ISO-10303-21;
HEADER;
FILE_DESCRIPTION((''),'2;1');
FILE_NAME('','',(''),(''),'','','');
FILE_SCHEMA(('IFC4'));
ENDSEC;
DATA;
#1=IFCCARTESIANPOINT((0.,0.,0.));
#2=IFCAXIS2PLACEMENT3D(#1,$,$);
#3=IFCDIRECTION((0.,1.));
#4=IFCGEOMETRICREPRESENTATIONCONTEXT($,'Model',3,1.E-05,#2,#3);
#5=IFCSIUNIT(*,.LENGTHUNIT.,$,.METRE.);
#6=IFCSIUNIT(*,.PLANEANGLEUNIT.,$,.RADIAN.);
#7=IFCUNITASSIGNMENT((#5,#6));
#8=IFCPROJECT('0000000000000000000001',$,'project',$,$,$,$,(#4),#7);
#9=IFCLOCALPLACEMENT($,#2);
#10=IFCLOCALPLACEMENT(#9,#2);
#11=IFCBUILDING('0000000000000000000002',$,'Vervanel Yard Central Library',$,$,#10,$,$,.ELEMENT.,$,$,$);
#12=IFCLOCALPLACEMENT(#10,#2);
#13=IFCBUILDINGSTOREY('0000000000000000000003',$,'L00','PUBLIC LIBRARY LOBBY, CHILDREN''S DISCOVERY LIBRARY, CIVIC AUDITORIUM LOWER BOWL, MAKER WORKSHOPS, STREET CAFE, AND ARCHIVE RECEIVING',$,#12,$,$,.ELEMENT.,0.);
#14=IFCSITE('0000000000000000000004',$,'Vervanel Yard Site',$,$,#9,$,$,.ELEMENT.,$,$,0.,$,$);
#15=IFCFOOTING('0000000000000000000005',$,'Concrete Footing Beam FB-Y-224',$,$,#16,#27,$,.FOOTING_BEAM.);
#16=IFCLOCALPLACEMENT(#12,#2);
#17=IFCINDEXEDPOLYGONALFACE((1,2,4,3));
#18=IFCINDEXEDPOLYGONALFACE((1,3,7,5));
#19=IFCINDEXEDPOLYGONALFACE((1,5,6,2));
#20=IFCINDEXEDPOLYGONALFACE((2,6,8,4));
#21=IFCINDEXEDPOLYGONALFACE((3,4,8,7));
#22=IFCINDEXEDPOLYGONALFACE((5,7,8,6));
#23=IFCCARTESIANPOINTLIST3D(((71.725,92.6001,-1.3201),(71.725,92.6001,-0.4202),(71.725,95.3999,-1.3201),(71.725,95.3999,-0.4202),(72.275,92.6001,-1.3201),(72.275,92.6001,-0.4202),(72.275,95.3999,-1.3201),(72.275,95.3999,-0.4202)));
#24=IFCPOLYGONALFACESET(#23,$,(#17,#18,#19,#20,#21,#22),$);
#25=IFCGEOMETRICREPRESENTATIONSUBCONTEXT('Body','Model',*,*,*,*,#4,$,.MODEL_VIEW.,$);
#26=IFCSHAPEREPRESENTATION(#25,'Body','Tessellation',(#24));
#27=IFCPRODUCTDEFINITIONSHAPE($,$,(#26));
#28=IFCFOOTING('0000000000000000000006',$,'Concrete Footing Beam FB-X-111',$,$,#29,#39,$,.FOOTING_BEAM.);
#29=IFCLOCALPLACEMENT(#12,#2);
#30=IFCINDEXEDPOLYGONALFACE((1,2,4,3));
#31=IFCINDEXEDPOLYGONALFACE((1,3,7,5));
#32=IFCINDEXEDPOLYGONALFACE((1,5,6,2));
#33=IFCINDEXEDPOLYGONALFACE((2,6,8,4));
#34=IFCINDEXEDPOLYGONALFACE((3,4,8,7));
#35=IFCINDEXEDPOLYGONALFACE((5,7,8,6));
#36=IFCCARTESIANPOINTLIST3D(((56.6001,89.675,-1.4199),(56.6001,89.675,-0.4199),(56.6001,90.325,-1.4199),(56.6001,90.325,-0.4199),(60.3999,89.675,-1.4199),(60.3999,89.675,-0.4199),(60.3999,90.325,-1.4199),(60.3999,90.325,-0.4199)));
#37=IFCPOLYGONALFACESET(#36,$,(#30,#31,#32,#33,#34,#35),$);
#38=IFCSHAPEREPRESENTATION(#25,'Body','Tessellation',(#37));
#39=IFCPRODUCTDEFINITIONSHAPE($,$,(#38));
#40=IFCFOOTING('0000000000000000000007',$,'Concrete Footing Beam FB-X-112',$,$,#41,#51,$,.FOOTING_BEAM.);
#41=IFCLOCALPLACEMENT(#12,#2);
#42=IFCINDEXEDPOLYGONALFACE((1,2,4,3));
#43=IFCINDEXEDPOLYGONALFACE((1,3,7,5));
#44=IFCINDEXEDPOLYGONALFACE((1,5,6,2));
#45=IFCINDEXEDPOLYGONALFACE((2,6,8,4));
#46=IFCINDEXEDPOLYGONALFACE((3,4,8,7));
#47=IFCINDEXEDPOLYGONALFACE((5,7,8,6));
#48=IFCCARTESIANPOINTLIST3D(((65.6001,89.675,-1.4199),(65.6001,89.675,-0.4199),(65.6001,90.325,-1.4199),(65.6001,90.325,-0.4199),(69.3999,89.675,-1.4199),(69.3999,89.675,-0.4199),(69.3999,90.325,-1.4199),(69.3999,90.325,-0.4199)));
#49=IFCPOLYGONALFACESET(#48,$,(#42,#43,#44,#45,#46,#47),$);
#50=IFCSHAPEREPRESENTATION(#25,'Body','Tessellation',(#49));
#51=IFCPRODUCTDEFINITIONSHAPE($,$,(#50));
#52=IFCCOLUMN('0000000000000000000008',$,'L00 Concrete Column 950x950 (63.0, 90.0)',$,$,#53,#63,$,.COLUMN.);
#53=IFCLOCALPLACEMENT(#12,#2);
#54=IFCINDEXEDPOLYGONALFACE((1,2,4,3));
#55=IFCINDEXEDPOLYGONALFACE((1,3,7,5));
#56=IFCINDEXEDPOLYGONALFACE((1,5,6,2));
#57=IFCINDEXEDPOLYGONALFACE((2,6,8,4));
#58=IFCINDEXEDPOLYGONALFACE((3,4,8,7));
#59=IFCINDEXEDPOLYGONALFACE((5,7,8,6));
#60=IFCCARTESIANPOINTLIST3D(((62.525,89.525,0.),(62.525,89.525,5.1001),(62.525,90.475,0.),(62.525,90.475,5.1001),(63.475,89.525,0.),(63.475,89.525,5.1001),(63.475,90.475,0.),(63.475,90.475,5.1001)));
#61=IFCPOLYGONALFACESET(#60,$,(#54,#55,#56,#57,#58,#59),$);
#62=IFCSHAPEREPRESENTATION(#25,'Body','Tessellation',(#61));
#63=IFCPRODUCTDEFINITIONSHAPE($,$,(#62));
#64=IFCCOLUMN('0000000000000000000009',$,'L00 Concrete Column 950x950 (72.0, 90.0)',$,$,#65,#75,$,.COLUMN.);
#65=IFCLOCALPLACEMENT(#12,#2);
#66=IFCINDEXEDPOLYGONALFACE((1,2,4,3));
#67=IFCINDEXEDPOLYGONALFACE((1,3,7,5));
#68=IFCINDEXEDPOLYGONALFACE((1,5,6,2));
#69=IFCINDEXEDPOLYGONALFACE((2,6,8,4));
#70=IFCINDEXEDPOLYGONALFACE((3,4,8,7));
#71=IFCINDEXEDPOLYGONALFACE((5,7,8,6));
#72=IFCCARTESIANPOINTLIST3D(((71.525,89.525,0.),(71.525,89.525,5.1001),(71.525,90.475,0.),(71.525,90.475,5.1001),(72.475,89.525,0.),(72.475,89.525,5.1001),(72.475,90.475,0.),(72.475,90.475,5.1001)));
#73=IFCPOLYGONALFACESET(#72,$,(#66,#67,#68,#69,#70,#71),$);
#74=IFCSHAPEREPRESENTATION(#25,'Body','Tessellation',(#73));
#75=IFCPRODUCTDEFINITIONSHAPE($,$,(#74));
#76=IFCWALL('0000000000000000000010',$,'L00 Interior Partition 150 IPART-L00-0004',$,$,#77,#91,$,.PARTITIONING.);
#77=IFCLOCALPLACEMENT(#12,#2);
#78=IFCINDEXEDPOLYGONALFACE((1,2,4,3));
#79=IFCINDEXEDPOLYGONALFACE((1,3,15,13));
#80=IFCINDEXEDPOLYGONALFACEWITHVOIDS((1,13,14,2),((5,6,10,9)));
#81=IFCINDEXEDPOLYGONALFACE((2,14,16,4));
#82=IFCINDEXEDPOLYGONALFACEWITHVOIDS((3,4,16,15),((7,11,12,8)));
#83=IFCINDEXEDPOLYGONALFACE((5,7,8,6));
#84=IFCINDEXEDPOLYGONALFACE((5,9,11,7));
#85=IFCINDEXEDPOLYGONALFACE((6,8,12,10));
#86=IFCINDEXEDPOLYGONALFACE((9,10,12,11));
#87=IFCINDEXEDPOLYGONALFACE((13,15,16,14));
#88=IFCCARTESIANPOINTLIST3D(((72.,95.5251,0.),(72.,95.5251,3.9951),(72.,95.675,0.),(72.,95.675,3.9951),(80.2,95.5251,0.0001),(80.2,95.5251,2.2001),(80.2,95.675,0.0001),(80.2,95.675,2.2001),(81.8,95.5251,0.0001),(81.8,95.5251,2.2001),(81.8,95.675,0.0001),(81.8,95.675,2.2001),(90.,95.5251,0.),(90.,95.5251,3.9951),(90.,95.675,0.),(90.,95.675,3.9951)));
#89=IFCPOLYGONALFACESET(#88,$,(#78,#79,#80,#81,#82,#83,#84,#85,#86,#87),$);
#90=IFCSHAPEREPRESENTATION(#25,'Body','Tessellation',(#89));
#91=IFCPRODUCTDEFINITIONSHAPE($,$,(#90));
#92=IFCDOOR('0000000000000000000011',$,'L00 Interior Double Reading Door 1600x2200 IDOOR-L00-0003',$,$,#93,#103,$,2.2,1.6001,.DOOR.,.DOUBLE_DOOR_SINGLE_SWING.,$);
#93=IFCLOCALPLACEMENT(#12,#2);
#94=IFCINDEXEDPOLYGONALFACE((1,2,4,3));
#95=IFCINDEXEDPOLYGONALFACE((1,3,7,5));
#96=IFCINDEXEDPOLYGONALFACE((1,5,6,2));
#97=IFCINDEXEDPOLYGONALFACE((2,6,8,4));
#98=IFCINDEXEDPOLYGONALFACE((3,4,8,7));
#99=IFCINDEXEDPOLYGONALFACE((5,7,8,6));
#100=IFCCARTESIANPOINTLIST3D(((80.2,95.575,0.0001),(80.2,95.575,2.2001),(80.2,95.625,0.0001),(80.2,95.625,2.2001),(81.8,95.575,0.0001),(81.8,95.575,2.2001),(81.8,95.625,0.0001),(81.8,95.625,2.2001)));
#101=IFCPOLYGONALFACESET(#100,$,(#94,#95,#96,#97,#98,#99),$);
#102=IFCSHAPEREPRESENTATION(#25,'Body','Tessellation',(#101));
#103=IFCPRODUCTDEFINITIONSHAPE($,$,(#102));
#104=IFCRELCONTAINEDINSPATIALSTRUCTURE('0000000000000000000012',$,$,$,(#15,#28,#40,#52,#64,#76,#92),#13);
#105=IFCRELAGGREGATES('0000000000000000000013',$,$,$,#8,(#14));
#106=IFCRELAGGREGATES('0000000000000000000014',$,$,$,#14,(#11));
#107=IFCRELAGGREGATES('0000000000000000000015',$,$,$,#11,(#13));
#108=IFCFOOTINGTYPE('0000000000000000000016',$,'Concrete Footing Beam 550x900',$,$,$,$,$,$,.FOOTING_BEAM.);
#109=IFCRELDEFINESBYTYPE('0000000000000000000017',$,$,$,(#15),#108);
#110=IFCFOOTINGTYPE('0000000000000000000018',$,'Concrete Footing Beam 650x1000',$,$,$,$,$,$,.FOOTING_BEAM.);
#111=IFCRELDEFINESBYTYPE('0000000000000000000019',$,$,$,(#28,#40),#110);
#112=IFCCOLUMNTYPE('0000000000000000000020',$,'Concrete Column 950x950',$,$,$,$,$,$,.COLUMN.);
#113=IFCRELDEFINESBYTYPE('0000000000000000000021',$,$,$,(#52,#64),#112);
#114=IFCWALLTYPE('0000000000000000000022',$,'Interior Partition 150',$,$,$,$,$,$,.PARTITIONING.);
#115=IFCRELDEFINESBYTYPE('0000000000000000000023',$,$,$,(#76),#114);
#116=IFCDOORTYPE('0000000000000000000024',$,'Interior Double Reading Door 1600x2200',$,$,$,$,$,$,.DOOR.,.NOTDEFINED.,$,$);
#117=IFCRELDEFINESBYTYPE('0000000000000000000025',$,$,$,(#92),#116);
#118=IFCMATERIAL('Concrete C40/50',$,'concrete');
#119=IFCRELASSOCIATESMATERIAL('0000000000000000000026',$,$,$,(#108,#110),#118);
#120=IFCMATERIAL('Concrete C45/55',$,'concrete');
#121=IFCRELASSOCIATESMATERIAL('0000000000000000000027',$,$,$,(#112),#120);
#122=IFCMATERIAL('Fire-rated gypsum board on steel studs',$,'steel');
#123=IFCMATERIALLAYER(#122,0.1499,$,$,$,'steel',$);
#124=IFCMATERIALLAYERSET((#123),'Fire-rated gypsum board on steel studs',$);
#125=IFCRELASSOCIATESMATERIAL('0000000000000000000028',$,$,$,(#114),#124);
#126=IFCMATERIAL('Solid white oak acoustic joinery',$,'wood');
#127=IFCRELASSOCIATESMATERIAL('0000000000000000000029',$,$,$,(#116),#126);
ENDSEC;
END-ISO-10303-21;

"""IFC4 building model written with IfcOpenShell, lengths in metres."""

from ifc_helpers import new_model, si_unit, direction, frame, frame_2d, origin, origin_2d, place, context, subcontext, project, spatial, rectangle, extrude, material, layer, layer_set, material_profile, profile_set, type_object, element, fill, save


model = new_model("IFC4")

# Units and contexts
model_context = context("Model", 3, precision=1e-05, world=origin(), true_north=direction((0.0, 1.0)))
body_context = subcontext(model_context, "Body", "Model", "MODEL_VIEW")
ifc_project = project(units=[si_unit("LENGTHUNIT", "METRE"), si_unit("PLANEANGLEUNIT", "RADIAN")], contexts=[model_context])

# Site, building, storey
site_placement = place(None, origin())
site = spatial("IfcSite", under=ifc_project, at=site_placement, Name="Vervanel Yard Site", CompositionType="ELEMENT", RefElevation=0.0)
building_placement = place(site_placement, origin())
building = spatial("IfcBuilding", under=site, at=building_placement, Name="Vervanel Yard Central Library", CompositionType="ELEMENT")
storey_placement = place(building_placement, origin())
storey = spatial("IfcBuildingStorey", under=building, at=storey_placement, Name="L00", Description="PUBLIC LIBRARY LOBBY, CHILDREN'S DISCOVERY LIBRARY, CIVIC AUDITORIUM LOWER BOWL, MAKER WORKSHOPS, STREET CAFE, AND ARCHIVE RECEIVING", CompositionType="ELEMENT", Elevation=0.0)

# Shared definitions
ifc_material_1 = material(Name="Concrete C40/50", Category="concrete")

# Footings
ifc_material_profile_1 = material_profile(ifc_material_1, rectangle(XDim=0.55, YDim=0.8999, at=origin_2d()), Name="RC 550x900", Category="concrete")
ifc_profile_set_1 = profile_set([ifc_material_profile_1], Name="Concrete C40/50")
footing_type_1 = type_object("IfcFootingType", Name="Concrete Footing Beam 550x900", PredefinedType="FOOTING_BEAM", material=ifc_profile_set_1)
footing_1_placement = place(storey_placement, frame((72.0, 92.6001, -0.8701), z_axis=(0.0, 1.0, 0.0), x_axis=(-1.0, 0.0, 0.0)))
element("IfcFooting", 1, at=footing_1_placement, inside=storey, type_object=footing_type_1, Name="Concrete Footing Beam FB-Y-224", PredefinedType="FOOTING_BEAM", context=body_context, shape_type="SweptSolid", body=[
    extrude(rectangle(XDim=0.55, YDim=0.8999, at=origin_2d()), origin(), (0.0, 0.0, 1.0), 2.7998),
])
ifc_material_profile_2 = material_profile(ifc_material_1, rectangle(XDim=0.6499, YDim=1.0, at=origin_2d()), Name="RC 650x1000", Category="concrete")
ifc_profile_set_2 = profile_set([ifc_material_profile_2], Name="Concrete C40/50")
footing_type_2 = type_object("IfcFootingType", Name="Concrete Footing Beam 650x1000", PredefinedType="FOOTING_BEAM", material=ifc_profile_set_2)
for number, where, z_axis, x_axis, name in (
    (2, (56.6001, 90.0, -0.9199), (1.0, 0.0, 0.0), (0.0, 1.0, 0.0), "Concrete Footing Beam FB-X-111"),
    (3, (65.6001, 90.0, -0.9199), (1.0, 0.0, 0.0), (0.0, 1.0, 0.0), "Concrete Footing Beam FB-X-112"),
):
    element("IfcFooting", number, at=place(storey_placement, frame(where, z_axis=z_axis, x_axis=x_axis)), inside=storey, type_object=footing_type_2, Name=name, PredefinedType="FOOTING_BEAM", context=body_context, shape_type="SweptSolid", body=[
        extrude(rectangle(XDim=0.6499, YDim=1.0, at=origin_2d()), origin(), (0.0, 0.0, 1.0), 3.7998),
    ])

# Columns
ifc_material_2 = material(Name="Concrete C45/55", Category="concrete")
ifc_material_profile_3 = material_profile(ifc_material_2, rectangle(XDim=0.95, YDim=0.95, at=origin_2d()), Name="RC 950x950", Category="concrete")
ifc_profile_set_3 = profile_set([ifc_material_profile_3], Name="Concrete C45/55")
column_type = type_object("IfcColumnType", Name="Concrete Column 950x950", PredefinedType="COLUMN", material=ifc_profile_set_3)
for number, where, z_axis, x_axis, name in (
    (4, (63.0, 90.0, 0.0), (0.0, 0.0, 1.0), (1.0, 0.0, 0.0), "L00 Concrete Column 950x950 (63.0, 90.0)"),
    (5, (72.0, 90.0, 0.0), (0.0, 0.0, 1.0), (1.0, 0.0, 0.0), "L00 Concrete Column 950x950 (72.0, 90.0)"),
):
    element("IfcColumn", number, at=place(storey_placement, frame(where, z_axis=z_axis, x_axis=x_axis)), inside=storey, type_object=column_type, Name=name, PredefinedType="COLUMN", context=body_context, shape_type="SweptSolid", body=[
        extrude(rectangle(XDim=0.95, YDim=0.95, at=origin_2d()), origin(), (0.0, 0.0, 1.0), 5.1001),
    ])

# Wall, opening, door
ifc_material_3 = material(Name="Fire-rated gypsum board on steel studs", Category="steel")
ifc_layer = layer(ifc_material_3, 0.1499, Category="steel")
ifc_layer_set = layer_set([ifc_layer], Name="Fire-rated gypsum board on steel studs")
wall_type = type_object("IfcWallType", Name="Interior Partition 150", PredefinedType="PARTITIONING", material=ifc_layer_set)
wall_placement = place(storey_placement, frame((72.0, 95.6001, 0.0), z_axis=(0.0, 0.0, 1.0), x_axis=(1.0, 0.0, 0.0)))
wall = element("IfcWall", 6, at=wall_placement, inside=storey, type_object=wall_type, Name="L00 Interior Partition 150 IPART-L00-0004", PredefinedType="PARTITIONING", context=body_context, shape_type="SweptSolid", body=[
    extrude(rectangle(XDim=18.0, YDim=0.1499, at=frame_2d((9.0, 0.0))), origin(), (0.0, 0.0, 1.0), 3.9951),
])
opening_placement = place(wall_placement, frame((8.2, 0.0, 0.0)))
opening = element("IfcOpeningElement", 7, at=opening_placement, cuts=wall, PredefinedType="OPENING", context=body_context, shape_type="SweptSolid", body=[
    extrude(rectangle(XDim=1.6001, YDim=2.2, at=frame_2d((0.8, 1.1001))), frame((0.0, 0.085, 0.0), z_axis=(0.0, -1.0, 0.0), x_axis=(1.0, 0.0, 0.0)), (0.0, 0.0, 1.0), 0.1699),
])
ifc_material_4 = material(Name="Solid white oak acoustic joinery", Category="wood")
door_type = type_object("IfcDoorType", Name="Interior Double Reading Door 1600x2200", OperationType="NOTDEFINED", PredefinedType="DOOR", material=ifc_material_4)
door_placement = place(opening_placement, origin())
door = element("IfcDoor", 8, at=door_placement, inside=storey, type_object=door_type, Name="L00 Interior Double Reading Door 1600x2200 IDOOR-L00-0003", OperationType="DOUBLE_DOOR_SINGLE_SWING", OverallHeight=2.2, OverallWidth=1.6001, PredefinedType="DOOR", context=body_context, shape_type="SweptSolid", body=[
    extrude(rectangle(XDim=1.6001, YDim=2.2, at=frame_2d((0.8, 1.1001))), frame((0.0, 0.0249, 0.0), z_axis=(0.0, -1.0, 0.0), x_axis=(1.0, 0.0, 0.0)), (0.0, 0.0, 1.0), 0.05),
])
fill(opening, door)

save(model, "model.ifc")
